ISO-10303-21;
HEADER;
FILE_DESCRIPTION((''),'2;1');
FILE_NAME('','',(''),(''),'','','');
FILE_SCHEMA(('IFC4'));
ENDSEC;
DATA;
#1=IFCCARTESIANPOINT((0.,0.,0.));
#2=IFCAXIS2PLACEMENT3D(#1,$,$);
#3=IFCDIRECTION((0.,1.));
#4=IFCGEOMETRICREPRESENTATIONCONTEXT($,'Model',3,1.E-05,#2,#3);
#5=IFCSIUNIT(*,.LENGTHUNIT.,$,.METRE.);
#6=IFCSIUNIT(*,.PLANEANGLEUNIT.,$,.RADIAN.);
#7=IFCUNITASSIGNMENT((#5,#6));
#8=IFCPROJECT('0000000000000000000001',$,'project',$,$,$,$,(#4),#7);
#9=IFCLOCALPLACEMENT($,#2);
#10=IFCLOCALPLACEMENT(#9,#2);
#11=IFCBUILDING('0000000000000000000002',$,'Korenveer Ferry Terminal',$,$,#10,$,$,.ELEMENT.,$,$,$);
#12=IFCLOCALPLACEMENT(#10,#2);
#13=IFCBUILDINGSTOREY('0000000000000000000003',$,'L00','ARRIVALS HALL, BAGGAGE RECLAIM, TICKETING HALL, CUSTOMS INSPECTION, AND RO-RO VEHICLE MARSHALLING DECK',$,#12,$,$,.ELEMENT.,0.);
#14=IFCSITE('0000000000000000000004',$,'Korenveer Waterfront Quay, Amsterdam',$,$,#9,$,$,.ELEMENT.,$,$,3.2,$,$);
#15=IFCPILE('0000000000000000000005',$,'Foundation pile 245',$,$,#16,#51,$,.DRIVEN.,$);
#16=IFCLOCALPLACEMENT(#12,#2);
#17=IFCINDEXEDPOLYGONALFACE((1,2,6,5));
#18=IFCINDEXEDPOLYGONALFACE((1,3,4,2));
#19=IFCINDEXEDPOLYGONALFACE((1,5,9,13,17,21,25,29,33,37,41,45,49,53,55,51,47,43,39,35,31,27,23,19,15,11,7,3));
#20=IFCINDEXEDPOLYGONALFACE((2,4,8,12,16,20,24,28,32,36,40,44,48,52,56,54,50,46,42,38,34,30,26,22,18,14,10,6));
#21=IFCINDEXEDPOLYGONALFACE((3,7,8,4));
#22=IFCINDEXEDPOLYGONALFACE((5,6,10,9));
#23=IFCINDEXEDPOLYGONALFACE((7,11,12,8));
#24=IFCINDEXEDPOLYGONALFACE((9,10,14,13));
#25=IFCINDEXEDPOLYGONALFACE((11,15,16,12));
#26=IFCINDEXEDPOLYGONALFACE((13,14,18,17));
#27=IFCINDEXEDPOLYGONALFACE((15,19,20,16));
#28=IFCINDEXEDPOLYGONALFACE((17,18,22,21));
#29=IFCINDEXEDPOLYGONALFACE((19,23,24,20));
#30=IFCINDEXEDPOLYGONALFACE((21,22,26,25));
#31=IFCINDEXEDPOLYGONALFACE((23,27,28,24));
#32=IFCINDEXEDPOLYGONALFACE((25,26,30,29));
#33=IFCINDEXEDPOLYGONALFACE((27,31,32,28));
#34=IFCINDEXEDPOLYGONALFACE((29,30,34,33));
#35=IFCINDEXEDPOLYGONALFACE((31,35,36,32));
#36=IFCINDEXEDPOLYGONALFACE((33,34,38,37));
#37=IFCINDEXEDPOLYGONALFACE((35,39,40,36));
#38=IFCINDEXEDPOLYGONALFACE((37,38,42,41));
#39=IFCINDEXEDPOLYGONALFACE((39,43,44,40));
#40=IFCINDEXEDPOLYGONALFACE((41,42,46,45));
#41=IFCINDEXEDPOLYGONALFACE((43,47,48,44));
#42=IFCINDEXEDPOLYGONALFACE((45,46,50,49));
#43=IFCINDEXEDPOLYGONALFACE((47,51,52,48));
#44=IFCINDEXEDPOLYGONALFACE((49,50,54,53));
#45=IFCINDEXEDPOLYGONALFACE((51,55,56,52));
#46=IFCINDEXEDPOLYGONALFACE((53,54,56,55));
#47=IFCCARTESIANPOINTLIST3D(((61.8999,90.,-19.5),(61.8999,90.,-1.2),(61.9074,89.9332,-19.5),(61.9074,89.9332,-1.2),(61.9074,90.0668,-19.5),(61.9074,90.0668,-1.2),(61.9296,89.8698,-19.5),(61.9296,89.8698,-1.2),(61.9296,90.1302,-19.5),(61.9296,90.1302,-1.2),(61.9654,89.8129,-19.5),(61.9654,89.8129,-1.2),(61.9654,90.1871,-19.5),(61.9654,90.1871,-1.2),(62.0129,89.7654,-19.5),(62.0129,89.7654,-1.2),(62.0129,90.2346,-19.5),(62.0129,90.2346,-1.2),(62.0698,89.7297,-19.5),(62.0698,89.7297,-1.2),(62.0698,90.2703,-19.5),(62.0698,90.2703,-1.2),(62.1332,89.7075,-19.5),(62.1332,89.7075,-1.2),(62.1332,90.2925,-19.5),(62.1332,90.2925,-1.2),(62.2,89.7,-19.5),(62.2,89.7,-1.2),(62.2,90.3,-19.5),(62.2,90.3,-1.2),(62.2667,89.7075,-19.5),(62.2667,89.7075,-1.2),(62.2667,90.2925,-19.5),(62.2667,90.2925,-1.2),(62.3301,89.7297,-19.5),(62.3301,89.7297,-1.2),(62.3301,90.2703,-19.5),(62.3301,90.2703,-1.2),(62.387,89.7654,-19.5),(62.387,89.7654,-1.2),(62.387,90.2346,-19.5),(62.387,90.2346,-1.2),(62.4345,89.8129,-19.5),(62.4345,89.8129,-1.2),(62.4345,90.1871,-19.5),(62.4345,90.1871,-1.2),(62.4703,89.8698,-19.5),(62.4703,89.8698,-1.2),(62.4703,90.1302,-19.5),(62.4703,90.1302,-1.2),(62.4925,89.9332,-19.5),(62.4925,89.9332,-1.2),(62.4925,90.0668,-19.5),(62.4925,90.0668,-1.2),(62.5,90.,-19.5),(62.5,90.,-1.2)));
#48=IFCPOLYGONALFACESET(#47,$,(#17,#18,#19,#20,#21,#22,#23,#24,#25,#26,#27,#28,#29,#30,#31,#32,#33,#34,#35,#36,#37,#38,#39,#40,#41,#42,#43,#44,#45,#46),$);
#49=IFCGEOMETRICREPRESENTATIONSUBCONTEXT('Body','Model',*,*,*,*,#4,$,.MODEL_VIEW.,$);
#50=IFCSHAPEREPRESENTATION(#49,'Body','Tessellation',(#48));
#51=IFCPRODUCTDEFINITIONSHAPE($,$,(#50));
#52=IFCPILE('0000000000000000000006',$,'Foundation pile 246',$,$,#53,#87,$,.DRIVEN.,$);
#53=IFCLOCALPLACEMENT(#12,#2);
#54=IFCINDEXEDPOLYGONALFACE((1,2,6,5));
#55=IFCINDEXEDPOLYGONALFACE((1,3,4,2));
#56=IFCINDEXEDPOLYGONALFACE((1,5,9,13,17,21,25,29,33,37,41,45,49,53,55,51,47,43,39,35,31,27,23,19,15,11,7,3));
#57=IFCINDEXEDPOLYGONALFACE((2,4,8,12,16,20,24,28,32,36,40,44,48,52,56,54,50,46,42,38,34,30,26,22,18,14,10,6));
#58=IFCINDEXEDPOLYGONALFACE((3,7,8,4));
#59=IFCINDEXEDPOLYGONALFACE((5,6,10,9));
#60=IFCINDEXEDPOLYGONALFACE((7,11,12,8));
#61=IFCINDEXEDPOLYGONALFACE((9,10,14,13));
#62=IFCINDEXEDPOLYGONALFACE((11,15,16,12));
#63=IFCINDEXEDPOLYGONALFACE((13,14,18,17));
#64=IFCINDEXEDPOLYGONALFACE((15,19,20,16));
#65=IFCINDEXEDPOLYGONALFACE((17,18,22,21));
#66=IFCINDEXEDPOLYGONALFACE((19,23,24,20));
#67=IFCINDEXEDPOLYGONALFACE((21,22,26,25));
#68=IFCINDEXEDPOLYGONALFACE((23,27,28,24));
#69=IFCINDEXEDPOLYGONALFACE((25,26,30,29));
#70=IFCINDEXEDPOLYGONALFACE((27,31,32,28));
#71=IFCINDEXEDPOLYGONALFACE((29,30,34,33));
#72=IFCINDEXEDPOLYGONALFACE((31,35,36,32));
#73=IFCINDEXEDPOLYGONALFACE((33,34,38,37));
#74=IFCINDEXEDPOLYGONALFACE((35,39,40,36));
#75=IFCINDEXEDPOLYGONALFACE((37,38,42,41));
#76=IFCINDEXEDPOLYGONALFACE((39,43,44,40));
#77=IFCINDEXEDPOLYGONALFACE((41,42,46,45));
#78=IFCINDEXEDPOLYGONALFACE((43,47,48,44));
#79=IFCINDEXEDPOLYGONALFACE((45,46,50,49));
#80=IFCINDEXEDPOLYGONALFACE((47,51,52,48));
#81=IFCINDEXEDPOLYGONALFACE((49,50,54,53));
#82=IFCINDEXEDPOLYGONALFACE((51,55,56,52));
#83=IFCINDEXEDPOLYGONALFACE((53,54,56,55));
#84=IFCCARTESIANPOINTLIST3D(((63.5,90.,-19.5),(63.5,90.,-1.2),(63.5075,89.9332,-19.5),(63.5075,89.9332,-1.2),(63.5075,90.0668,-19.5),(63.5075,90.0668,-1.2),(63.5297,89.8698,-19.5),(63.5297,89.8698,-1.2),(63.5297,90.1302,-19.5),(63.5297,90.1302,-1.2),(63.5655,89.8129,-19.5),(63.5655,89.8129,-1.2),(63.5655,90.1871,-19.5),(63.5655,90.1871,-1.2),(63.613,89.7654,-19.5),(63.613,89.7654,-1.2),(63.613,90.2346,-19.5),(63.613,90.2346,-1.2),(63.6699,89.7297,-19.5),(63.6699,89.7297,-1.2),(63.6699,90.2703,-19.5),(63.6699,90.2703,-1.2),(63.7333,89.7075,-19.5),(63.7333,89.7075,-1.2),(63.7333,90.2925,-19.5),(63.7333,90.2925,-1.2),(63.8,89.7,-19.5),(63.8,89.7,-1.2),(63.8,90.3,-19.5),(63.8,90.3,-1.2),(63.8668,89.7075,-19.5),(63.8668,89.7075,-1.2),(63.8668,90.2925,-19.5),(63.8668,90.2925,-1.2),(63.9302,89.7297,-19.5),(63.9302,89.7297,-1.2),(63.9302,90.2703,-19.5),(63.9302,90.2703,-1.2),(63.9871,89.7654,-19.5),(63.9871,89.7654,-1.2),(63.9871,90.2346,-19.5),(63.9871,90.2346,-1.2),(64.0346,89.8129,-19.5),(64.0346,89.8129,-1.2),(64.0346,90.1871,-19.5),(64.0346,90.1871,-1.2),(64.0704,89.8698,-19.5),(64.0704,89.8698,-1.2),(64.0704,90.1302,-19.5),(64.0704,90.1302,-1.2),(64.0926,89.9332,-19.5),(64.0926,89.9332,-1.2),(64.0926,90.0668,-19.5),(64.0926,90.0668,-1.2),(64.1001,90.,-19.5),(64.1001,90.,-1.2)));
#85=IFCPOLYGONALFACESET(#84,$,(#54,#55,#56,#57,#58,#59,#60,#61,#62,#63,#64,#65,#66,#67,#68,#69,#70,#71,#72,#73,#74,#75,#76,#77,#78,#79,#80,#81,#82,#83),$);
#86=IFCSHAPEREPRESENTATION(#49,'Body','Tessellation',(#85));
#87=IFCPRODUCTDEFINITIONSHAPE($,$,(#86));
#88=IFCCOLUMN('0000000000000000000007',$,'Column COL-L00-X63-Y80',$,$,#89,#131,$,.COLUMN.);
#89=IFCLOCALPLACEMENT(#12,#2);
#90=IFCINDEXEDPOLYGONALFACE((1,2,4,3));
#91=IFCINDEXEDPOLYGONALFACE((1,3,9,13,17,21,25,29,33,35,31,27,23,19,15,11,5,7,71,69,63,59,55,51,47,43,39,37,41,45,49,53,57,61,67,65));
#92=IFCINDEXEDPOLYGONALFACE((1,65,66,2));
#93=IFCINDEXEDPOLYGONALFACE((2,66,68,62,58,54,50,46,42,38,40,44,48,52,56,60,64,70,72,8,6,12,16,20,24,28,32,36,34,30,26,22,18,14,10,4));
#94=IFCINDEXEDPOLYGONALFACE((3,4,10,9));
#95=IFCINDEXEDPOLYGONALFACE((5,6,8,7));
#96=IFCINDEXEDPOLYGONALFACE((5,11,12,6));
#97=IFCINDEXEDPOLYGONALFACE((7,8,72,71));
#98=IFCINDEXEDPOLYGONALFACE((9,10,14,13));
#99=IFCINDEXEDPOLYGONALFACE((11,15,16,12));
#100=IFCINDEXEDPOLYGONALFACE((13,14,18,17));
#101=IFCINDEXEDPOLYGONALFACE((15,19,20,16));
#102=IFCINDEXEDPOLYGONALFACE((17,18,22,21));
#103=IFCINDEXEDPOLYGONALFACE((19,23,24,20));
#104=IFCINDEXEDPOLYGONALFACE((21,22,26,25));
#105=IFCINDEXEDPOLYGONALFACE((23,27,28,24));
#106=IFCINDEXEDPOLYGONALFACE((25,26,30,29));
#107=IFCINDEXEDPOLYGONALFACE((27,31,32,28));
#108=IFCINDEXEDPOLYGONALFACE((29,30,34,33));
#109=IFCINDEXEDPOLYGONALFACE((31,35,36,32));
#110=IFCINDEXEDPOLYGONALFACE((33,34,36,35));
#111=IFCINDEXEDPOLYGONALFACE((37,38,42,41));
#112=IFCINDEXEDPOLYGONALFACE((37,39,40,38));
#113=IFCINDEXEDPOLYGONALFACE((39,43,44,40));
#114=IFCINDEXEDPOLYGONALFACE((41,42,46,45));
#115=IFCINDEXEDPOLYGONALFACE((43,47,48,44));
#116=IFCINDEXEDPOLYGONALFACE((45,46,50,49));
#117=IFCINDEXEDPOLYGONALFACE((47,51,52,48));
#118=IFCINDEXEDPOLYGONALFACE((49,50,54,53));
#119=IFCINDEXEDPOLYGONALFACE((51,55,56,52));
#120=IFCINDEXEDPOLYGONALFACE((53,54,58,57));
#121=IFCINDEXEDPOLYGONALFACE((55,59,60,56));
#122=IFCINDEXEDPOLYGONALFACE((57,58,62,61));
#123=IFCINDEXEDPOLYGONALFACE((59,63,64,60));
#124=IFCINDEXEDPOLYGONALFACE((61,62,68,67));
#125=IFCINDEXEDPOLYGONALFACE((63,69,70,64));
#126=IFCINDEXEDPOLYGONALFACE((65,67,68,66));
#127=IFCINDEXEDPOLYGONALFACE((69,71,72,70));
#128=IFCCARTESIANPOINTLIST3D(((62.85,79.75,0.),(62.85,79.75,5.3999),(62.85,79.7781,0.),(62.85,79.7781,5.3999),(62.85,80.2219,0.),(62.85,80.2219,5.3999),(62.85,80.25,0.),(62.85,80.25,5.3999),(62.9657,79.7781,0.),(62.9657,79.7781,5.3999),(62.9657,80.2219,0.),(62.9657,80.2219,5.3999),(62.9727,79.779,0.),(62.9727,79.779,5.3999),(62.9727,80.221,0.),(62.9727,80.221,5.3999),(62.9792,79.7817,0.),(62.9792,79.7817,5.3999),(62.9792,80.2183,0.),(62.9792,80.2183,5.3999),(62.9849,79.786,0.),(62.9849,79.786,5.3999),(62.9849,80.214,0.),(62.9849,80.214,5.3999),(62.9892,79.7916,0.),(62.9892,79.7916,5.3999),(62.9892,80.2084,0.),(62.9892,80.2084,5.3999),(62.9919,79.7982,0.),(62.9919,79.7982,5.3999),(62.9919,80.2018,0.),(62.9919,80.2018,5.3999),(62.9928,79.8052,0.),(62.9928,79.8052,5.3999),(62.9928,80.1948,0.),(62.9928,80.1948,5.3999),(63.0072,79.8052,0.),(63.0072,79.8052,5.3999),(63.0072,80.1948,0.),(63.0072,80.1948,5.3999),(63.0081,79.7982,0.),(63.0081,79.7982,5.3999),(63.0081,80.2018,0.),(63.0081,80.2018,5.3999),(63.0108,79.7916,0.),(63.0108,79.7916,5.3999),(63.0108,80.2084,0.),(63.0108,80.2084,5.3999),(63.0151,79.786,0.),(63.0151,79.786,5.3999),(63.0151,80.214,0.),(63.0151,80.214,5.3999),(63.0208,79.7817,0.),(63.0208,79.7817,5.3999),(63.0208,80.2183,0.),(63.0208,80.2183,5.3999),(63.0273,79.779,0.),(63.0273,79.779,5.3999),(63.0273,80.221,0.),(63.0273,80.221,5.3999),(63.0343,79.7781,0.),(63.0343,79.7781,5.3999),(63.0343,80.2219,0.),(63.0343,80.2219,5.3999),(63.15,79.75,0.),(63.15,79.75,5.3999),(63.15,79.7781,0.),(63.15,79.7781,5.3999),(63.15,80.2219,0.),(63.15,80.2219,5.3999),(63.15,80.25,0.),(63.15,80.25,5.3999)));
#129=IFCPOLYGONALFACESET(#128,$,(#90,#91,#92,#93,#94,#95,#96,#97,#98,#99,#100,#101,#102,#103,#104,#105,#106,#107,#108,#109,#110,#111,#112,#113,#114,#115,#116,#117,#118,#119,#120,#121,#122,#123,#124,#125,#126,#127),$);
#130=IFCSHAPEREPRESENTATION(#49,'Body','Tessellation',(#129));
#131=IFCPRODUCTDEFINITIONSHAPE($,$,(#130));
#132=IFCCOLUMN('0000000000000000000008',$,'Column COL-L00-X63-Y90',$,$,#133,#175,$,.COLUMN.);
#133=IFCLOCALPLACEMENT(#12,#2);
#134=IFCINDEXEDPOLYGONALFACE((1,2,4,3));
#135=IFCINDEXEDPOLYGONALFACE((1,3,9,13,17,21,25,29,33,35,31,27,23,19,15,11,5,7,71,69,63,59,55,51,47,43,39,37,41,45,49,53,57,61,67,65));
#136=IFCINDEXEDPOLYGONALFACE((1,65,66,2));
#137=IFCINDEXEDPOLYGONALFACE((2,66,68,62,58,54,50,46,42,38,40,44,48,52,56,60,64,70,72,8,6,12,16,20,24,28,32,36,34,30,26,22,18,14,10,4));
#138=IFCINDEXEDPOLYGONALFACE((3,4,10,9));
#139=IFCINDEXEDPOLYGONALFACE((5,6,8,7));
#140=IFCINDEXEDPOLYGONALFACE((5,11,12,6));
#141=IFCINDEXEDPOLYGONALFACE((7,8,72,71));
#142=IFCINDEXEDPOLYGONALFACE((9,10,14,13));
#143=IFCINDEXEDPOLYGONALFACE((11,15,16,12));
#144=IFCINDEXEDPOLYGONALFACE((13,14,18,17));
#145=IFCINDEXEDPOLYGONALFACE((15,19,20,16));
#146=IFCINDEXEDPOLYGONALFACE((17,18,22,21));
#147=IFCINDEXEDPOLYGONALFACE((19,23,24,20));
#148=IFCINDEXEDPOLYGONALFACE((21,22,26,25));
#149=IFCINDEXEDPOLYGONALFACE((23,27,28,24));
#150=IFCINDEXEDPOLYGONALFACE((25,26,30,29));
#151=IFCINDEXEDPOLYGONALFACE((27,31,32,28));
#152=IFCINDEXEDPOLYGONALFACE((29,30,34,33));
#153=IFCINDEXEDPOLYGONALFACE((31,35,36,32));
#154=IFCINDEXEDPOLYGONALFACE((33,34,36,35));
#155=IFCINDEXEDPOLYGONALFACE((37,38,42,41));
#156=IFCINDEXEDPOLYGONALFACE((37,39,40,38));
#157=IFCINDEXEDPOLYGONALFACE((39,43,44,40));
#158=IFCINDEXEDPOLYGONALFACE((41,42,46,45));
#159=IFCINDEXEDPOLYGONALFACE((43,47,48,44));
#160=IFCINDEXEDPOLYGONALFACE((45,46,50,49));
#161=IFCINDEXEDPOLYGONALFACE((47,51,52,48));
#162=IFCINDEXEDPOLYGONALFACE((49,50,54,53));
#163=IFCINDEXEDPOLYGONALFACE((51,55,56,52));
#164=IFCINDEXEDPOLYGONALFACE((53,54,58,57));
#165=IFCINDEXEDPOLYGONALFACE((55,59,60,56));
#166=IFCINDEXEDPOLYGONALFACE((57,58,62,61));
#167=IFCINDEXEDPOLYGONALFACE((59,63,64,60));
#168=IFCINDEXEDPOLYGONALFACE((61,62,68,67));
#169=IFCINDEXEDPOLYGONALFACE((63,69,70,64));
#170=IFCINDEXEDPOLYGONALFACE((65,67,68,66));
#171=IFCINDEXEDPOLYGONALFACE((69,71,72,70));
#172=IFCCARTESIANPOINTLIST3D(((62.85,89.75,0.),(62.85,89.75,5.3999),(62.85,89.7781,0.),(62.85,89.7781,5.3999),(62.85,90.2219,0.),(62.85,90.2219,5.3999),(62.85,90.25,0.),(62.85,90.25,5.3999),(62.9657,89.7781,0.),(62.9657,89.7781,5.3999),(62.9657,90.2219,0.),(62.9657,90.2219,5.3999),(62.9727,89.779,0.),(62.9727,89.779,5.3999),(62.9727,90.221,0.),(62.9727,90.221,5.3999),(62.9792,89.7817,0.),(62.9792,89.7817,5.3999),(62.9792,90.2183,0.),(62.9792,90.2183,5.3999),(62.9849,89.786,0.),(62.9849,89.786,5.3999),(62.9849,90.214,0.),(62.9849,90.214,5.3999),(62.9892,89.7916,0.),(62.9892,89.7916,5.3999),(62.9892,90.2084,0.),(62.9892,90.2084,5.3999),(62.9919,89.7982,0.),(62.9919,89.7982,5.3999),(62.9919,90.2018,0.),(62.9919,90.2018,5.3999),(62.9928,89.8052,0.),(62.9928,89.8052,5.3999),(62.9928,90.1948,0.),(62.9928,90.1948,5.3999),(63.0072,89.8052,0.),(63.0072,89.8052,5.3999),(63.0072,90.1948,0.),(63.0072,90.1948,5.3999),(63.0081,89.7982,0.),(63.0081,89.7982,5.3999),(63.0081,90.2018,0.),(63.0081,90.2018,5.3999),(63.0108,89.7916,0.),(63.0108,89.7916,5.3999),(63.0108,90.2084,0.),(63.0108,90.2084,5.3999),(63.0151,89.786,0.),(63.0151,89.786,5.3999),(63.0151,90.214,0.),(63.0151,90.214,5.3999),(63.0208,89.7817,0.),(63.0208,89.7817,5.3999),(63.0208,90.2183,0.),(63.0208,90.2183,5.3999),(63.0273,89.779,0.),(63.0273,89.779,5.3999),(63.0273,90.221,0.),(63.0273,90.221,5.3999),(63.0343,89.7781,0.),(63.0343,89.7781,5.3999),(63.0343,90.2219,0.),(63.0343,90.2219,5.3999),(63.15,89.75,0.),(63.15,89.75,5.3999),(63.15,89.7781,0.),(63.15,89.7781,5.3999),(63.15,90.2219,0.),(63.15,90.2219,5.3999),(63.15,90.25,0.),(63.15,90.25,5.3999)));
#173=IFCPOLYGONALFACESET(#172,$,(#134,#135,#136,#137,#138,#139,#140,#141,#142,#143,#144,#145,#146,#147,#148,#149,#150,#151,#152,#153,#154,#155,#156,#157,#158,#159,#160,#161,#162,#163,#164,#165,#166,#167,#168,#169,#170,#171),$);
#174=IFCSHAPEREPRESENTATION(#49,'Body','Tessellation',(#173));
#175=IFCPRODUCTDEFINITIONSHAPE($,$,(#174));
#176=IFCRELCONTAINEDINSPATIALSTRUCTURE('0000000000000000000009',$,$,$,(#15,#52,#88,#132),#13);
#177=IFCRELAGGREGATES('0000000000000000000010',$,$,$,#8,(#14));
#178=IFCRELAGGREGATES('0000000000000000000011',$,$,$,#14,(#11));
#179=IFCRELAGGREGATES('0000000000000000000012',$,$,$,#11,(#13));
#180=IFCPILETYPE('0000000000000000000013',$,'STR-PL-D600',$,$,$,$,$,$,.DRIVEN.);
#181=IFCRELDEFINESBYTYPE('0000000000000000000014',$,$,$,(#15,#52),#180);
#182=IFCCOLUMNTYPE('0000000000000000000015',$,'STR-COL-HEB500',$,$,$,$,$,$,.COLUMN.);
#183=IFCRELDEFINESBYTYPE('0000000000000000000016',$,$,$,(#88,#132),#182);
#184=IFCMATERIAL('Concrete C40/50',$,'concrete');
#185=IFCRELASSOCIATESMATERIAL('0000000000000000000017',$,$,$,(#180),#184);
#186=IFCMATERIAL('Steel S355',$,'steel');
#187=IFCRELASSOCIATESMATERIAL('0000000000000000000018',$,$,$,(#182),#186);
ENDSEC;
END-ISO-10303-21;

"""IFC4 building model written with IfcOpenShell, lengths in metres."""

from ifc_helpers import new_model, si_unit, direction, frame, origin, origin_2d, place, context, subcontext, project, spatial, circle, i_section, extrude, material, material_profile, profile_set, type_object, element, save


model = new_model("IFC4")

# Units and contexts
model_context = context("Model", 3, precision=1e-05, world=origin(), true_north=direction((0.0, 1.0)))
body_context = subcontext(model_context, "Body", "Model", "MODEL_VIEW")
ifc_project = project(units=[si_unit("LENGTHUNIT", "METRE"), si_unit("PLANEANGLEUNIT", "RADIAN")], contexts=[model_context])

# Site, building, storey
site_placement = place(None, origin())
site = spatial("IfcSite", under=ifc_project, at=site_placement, Name="Korenveer Waterfront Quay, Amsterdam", CompositionType="ELEMENT", RefElevation=3.2)
building_placement = place(site_placement, origin())
building = spatial("IfcBuilding", under=site, at=building_placement, Name="Korenveer Ferry Terminal", CompositionType="ELEMENT")
storey_placement = place(building_placement, origin())
storey = spatial("IfcBuildingStorey", under=building, at=storey_placement, Name="L00", Description="ARRIVALS HALL, BAGGAGE RECLAIM, TICKETING HALL, CUSTOMS INSPECTION, AND RO-RO VEHICLE MARSHALLING DECK", CompositionType="ELEMENT", Elevation=0.0)

# Shared definitions
ifc_material_1 = material(Name="Concrete C40/50", Category="concrete")

# Piles
ifc_material_profile_1 = material_profile(ifc_material_1, circle(Radius=0.3, at=origin_2d()), Name="PILE D600")
ifc_profile_set_1 = profile_set([ifc_material_profile_1], Name="Concrete C40/50")
pile_type_1 = type_object("IfcPileType", Name="STR-PL-D600", PredefinedType="DRIVEN", material=ifc_profile_set_1)
for number, where, z_axis, x_axis, name in (
    (1, (62.2, 90.0, -1.2), (0.0, 0.0, -1.0), (1.0, 0.0, 0.0), "Foundation pile 245"),
    (2, (63.8, 90.0, -1.2), (0.0, 0.0, -1.0), (1.0, 0.0, 0.0), "Foundation pile 246"),
):
    element("IfcPile", number, at=place(storey_placement, frame(where, z_axis=z_axis, x_axis=x_axis)), inside=storey, type_object=pile_type_1, Name=name, PredefinedType="DRIVEN", context=body_context, shape_type="SweptSolid", body=[
        extrude(circle(Radius=0.3, at=origin_2d()), origin(), (0.0, 0.0, 1.0), 18.3),
    ])

# Columns
ifc_material_2 = material(Name="Steel S355", Category="steel")
ifc_material_profile_2 = material_profile(ifc_material_2, i_section(OverallWidth=0.3, OverallDepth=0.5, WebThickness=0.0144, FlangeThickness=0.0281, FilletRadius=0.0271, at=origin_2d()), Name="HEB 500")
ifc_profile_set_2 = profile_set([ifc_material_profile_2], Name="Steel S355")
column_type = type_object("IfcColumnType", Name="STR-COL-HEB500", PredefinedType="COLUMN", material=ifc_profile_set_2)
for number, where, z_axis, x_axis, name in (
    (3, (63.0, 80.0, 0.0), (0.0, 0.0, 1.0), (1.0, 0.0, 0.0), "Column COL-L00-X63-Y80"),
    (4, (63.0, 90.0, 0.0), (0.0, 0.0, 1.0), (1.0, 0.0, 0.0), "Column COL-L00-X63-Y90"),
):
    element("IfcColumn", number, at=place(storey_placement, frame(where, z_axis=z_axis, x_axis=x_axis)), inside=storey, type_object=column_type, Name=name, PredefinedType="COLUMN", context=body_context, shape_type="SweptSolid", body=[
        extrude(i_section(OverallWidth=0.3, OverallDepth=0.5, WebThickness=0.0144, FlangeThickness=0.0281, FilletRadius=0.0271, at=origin_2d()), origin(), (0.0, 0.0, 1.0), 5.3999),
    ])

save(model, "model.ifc")
